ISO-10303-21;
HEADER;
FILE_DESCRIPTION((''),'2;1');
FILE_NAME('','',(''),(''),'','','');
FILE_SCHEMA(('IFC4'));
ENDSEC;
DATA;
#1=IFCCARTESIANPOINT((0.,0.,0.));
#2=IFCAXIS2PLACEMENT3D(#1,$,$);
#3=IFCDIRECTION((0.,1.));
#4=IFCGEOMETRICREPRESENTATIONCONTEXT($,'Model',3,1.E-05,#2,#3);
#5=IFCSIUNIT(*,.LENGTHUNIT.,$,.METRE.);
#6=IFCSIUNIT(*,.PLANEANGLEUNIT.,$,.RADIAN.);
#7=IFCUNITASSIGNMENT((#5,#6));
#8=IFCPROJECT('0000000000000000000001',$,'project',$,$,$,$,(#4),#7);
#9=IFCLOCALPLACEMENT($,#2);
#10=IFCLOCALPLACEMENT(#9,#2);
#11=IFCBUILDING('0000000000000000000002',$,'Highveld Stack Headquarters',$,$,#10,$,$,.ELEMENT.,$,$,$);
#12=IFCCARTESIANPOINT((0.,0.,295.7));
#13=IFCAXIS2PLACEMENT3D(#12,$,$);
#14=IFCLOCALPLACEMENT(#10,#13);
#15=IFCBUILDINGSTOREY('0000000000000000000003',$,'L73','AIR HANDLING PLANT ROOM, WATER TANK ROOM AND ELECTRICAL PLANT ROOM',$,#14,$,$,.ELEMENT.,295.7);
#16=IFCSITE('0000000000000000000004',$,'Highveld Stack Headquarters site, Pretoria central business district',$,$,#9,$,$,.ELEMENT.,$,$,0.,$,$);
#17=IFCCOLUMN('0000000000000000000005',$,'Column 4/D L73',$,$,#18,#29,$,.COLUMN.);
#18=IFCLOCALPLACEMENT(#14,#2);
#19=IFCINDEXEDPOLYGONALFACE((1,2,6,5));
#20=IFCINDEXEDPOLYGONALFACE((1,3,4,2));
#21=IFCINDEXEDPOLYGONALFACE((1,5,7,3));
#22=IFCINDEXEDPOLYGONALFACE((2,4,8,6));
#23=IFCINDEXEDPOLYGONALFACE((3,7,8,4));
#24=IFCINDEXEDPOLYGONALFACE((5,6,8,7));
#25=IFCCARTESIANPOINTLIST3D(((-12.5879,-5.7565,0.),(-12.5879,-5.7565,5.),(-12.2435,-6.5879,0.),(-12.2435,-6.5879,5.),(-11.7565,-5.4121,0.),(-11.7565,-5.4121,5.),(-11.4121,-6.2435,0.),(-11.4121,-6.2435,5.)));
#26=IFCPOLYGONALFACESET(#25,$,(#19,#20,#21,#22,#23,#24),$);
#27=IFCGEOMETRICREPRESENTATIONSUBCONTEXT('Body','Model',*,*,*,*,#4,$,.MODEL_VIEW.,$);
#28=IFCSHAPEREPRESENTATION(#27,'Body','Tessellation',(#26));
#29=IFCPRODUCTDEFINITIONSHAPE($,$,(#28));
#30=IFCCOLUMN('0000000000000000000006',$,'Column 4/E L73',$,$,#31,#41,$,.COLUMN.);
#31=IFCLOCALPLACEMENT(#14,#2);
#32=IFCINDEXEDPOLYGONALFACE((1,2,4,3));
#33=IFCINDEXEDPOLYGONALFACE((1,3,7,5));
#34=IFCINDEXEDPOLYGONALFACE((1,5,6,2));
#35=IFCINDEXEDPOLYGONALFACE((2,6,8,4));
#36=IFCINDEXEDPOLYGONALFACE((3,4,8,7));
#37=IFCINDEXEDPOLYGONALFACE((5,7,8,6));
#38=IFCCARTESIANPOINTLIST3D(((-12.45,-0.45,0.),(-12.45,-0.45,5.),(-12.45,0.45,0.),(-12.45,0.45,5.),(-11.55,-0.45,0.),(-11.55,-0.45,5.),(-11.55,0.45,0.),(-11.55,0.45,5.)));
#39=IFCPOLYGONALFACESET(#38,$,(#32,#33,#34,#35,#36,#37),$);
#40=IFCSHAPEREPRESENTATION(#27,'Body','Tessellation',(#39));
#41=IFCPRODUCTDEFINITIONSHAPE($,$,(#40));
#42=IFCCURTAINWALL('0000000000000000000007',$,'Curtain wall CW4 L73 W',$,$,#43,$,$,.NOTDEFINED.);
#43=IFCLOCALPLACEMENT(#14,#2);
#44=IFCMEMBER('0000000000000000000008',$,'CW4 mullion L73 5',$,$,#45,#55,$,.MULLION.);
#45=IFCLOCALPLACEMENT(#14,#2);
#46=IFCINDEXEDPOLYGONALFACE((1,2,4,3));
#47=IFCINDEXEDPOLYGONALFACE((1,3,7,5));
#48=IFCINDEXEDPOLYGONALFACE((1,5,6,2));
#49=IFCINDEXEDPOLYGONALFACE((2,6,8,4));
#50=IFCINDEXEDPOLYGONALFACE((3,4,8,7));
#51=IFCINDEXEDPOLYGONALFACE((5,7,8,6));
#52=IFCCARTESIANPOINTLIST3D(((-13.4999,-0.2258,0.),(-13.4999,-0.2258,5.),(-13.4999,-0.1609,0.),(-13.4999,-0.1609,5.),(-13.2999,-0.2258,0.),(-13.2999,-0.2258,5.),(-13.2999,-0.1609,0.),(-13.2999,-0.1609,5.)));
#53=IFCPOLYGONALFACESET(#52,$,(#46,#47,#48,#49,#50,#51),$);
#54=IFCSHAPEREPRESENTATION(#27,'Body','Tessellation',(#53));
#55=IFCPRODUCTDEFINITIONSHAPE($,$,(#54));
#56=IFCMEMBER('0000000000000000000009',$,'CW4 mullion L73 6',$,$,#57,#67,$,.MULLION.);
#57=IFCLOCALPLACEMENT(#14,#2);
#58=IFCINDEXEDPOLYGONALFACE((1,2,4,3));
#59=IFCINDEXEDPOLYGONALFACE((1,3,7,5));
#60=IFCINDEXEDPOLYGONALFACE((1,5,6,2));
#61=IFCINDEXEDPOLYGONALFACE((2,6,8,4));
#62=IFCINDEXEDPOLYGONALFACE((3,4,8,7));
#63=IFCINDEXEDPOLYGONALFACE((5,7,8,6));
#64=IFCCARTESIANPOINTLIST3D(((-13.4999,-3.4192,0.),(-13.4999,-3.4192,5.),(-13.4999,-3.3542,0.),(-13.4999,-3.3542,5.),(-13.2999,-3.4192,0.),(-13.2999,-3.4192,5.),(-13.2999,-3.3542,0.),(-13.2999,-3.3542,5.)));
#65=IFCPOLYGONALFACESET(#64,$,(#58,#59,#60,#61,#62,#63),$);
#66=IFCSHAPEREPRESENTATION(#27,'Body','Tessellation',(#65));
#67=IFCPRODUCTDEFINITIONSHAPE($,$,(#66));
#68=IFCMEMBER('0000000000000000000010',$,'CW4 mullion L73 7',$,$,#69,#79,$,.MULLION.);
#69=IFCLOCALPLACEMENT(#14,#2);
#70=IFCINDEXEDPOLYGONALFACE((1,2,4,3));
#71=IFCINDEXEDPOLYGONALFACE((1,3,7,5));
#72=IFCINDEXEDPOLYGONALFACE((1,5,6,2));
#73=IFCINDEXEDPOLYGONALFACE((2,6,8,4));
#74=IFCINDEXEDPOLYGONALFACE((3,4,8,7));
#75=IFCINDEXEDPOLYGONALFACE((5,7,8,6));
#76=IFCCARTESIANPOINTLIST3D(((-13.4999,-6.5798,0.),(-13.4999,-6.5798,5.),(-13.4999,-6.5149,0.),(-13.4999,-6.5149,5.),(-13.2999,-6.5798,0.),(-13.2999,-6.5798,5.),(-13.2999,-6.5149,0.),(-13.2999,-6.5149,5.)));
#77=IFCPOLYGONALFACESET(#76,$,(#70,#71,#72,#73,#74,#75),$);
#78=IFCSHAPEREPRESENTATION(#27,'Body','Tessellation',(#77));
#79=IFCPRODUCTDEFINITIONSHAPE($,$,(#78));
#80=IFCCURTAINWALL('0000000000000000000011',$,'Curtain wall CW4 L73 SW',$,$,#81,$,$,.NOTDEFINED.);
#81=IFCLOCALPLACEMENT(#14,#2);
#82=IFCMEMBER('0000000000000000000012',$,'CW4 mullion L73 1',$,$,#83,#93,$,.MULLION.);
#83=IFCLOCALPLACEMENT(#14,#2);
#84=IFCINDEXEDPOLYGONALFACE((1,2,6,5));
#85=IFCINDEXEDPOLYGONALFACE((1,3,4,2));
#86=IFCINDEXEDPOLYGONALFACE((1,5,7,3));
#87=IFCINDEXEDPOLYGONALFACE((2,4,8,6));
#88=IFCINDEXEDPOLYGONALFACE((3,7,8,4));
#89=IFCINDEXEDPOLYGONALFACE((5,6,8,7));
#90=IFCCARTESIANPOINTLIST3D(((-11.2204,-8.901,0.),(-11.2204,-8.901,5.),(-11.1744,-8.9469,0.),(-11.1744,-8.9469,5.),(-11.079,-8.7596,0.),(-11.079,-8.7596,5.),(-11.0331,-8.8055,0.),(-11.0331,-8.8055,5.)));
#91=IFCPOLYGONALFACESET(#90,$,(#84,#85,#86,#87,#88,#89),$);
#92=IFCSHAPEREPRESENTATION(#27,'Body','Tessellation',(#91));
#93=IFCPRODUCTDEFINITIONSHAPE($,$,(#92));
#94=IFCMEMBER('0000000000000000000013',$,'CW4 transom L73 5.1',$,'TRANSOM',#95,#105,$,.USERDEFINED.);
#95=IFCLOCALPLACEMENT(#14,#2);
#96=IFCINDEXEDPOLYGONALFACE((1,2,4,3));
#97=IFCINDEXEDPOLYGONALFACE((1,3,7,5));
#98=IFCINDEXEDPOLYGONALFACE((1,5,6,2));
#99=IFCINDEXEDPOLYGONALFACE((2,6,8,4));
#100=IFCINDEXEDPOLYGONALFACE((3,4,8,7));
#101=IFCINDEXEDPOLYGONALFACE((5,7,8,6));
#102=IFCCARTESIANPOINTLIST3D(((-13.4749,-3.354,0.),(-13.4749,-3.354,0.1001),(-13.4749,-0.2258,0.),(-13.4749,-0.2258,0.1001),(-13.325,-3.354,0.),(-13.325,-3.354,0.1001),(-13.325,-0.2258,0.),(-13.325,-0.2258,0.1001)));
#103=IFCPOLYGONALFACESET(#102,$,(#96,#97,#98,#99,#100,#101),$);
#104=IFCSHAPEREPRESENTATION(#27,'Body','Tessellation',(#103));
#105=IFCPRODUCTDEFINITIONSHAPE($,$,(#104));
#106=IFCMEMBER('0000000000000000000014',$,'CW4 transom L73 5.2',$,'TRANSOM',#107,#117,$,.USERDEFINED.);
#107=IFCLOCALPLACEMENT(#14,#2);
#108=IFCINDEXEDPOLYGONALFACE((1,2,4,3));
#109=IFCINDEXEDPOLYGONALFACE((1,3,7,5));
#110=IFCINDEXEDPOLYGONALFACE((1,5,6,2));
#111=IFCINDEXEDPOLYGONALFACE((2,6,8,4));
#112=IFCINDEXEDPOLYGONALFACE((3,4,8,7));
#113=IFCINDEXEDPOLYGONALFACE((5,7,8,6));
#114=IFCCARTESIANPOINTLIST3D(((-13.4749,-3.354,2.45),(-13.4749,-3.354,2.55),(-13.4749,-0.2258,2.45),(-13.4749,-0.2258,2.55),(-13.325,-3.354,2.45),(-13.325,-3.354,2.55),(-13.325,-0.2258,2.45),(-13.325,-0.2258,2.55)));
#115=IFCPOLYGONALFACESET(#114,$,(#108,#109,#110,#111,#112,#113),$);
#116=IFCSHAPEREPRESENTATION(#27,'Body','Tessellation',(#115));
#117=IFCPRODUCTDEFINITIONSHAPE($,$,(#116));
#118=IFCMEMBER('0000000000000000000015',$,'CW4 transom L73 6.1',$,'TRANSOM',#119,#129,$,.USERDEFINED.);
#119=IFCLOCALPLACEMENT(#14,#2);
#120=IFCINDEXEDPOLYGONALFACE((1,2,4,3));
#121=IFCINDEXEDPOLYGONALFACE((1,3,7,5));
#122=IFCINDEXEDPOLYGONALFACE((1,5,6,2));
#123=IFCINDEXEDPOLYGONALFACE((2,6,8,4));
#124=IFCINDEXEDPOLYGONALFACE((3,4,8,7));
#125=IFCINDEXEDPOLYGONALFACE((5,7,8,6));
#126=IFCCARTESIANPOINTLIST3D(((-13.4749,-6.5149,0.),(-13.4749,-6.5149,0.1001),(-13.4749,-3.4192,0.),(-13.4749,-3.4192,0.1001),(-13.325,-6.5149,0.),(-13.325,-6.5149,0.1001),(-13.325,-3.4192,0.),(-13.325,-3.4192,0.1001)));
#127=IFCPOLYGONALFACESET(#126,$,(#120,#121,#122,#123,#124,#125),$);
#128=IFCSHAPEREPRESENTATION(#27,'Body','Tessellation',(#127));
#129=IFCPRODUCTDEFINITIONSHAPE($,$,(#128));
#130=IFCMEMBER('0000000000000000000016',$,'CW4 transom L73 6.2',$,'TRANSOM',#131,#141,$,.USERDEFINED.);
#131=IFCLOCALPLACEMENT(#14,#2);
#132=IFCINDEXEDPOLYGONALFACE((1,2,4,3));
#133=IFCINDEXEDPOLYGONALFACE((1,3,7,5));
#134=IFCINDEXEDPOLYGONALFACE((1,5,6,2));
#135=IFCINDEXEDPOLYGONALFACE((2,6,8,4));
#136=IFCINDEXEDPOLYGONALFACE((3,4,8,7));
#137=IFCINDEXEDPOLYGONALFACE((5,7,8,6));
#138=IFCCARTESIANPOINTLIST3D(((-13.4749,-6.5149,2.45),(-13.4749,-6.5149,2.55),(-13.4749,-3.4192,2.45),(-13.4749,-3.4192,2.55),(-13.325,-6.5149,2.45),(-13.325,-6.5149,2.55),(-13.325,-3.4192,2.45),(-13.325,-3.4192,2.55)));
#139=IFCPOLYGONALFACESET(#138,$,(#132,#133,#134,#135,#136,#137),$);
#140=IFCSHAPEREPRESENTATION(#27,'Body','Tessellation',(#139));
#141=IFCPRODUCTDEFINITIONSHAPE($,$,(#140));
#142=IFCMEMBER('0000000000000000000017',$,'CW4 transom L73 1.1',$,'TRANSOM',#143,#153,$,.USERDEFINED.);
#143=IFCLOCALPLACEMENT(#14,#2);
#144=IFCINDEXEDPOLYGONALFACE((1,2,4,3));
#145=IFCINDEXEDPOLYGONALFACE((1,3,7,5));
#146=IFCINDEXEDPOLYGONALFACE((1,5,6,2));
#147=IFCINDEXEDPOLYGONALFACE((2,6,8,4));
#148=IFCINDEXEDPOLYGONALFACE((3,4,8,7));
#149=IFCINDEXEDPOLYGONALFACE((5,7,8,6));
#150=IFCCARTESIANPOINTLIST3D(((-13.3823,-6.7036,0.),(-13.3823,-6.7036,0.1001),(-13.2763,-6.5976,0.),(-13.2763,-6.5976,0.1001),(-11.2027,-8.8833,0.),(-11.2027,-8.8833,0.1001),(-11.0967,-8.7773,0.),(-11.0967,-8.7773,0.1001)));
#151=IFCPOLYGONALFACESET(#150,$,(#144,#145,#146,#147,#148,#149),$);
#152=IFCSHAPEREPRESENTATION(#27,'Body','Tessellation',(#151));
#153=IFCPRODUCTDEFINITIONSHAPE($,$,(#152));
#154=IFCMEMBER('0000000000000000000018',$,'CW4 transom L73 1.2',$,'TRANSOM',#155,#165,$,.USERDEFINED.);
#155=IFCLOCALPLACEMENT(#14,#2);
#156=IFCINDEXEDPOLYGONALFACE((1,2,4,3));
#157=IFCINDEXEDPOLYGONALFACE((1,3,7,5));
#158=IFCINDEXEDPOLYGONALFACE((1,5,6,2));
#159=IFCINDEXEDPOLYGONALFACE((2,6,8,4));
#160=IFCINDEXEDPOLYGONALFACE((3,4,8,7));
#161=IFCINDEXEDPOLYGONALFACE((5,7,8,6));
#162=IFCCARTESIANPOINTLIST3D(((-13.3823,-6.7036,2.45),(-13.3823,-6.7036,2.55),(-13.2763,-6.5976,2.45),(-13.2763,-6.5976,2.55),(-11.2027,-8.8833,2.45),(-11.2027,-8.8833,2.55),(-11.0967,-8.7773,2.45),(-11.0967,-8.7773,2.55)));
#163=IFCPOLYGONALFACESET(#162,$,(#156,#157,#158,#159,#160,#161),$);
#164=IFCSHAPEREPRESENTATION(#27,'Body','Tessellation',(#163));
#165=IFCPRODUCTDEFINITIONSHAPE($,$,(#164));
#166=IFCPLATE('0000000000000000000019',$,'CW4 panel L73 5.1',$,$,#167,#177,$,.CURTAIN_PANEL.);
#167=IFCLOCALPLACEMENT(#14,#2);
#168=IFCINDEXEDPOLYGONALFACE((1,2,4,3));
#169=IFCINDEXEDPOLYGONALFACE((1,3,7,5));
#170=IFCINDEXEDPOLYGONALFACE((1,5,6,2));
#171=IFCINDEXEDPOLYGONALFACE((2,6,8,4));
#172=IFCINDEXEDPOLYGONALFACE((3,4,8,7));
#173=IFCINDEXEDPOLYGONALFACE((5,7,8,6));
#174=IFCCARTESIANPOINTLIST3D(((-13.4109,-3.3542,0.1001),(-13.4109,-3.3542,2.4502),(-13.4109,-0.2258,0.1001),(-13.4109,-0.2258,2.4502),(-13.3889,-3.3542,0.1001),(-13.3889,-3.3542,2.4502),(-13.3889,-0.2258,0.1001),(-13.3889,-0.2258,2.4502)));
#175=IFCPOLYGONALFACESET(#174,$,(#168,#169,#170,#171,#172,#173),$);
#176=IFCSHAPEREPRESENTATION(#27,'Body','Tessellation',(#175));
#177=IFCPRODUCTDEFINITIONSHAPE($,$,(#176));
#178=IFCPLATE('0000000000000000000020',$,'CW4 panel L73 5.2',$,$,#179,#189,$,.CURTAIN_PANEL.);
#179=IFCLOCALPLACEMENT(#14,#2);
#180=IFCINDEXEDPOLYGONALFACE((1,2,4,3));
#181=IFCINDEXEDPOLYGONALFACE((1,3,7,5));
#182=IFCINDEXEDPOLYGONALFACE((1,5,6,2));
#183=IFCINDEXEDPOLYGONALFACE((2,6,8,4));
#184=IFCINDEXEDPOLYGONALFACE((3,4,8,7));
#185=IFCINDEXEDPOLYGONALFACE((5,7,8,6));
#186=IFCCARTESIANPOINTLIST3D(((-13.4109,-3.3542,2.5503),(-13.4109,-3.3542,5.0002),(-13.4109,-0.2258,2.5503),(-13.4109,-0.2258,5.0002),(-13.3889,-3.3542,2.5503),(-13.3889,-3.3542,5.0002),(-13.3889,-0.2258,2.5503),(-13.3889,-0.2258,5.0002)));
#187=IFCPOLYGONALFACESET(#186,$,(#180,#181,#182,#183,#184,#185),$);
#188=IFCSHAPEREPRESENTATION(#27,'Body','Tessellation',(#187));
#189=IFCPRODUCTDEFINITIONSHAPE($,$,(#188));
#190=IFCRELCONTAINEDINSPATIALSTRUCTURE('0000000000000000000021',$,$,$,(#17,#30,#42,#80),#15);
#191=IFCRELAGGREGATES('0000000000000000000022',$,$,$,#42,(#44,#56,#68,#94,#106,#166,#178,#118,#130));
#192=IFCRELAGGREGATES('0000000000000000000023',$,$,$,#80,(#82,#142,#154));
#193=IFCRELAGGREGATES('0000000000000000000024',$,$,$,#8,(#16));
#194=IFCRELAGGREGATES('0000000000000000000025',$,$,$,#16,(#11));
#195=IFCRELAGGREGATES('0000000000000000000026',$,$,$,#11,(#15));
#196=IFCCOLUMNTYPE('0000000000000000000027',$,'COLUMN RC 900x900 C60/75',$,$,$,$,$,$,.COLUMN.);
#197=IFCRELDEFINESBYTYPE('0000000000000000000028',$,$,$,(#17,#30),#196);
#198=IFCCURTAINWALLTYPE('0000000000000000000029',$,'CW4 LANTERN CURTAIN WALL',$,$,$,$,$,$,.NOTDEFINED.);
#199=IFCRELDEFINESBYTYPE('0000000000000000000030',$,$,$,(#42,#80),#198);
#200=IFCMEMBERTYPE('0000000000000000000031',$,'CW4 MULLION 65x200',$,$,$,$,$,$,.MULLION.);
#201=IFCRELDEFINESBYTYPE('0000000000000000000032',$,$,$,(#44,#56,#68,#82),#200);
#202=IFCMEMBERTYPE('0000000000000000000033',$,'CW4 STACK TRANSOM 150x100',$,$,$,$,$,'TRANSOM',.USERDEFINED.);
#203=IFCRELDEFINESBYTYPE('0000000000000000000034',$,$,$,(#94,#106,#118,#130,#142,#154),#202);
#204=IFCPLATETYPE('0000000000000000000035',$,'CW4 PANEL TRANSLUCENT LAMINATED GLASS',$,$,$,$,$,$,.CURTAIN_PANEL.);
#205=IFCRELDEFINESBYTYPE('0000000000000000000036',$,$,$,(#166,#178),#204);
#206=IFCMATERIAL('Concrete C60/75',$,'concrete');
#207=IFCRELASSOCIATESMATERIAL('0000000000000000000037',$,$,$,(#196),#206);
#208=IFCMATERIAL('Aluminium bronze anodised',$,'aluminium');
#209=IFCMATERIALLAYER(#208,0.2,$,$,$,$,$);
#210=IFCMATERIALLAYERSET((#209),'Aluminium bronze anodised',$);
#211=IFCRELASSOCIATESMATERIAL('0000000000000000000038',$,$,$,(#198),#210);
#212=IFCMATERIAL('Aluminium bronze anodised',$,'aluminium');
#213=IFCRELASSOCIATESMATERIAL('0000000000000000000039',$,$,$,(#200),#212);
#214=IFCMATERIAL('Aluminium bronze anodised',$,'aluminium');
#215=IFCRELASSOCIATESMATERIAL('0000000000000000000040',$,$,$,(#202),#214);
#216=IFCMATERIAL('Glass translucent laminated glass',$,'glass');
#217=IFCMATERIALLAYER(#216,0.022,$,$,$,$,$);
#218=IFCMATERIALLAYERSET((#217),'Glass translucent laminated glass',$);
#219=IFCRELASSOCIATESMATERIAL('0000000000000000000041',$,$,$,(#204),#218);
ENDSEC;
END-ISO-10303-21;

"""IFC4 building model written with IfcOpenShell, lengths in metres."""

from ifc_helpers import new_model, si_unit, direction, frame, origin, origin_2d, place, context, subcontext, project, spatial, rectangle, extrude, material, layer, layer_set, material_profile, profile_set, type_object, element, aggregate, save


model = new_model("IFC4")

# Units and contexts
model_context = context("Model", 3, precision=1e-05, world=origin(), true_north=direction((0.0, 1.0)))
body_context = subcontext(model_context, "Body", "Model", "MODEL_VIEW")
ifc_project = project(units=[si_unit("LENGTHUNIT", "METRE"), si_unit("PLANEANGLEUNIT", "RADIAN")], contexts=[model_context])

# Site, building, storey
site_placement = place(None, origin())
site = spatial("IfcSite", under=ifc_project, at=site_placement, Name="Highveld Stack Headquarters site, Pretoria central business district", CompositionType="ELEMENT", RefElevation=0.0)
building_placement = place(site_placement, origin())
building = spatial("IfcBuilding", under=site, at=building_placement, Name="Highveld Stack Headquarters", CompositionType="ELEMENT")
storey_placement = place(building_placement, frame((0.0, 0.0, 295.7)))
storey = spatial("IfcBuildingStorey", under=building, at=storey_placement, Name="L73", Description="AIR HANDLING PLANT ROOM, WATER TANK ROOM AND ELECTRICAL PLANT ROOM", CompositionType="ELEMENT", Elevation=295.7)

# Columns
ifc_material_1 = material(Name="Concrete C60/75", Category="concrete")
ifc_material_profile_1 = material_profile(ifc_material_1, rectangle(XDim=0.8999, YDim=0.8999, at=origin_2d()), Name="RC 900x900")
ifc_profile_set_1 = profile_set([ifc_material_profile_1], Name="Concrete C60/75")
column_type = type_object("IfcColumnType", Name="COLUMN RC 900x900 C60/75", PredefinedType="COLUMN", material=ifc_profile_set_1)
for number, where, z_axis, x_axis, name in (
    (1, (-12.0, -6.0, 0.0), (0.0, 0.0, 1.0), (-0.382683, 0.92388, 0.0), "Column 4/D L73"),
    (2, (-12.0, 0.0, 0.0), (0.0, 0.0, 1.0), (0.0, 1.0, 0.0), "Column 4/E L73"),
):
    element("IfcColumn", number, at=place(storey_placement, frame(where, z_axis=z_axis, x_axis=x_axis)), inside=storey, type_object=column_type, Name=name, PredefinedType="COLUMN", context=body_context, shape_type="SweptSolid", body=[
        extrude(rectangle(XDim=0.8999, YDim=0.8999, at=origin_2d()), origin(), (0.0, 0.0, 1.0), 5.0),
    ])

# Curtain wall, members
ifc_material_2 = material(Name="Aluminium bronze anodised", Category="aluminium")
ifc_layer_1 = layer(ifc_material_2, 0.2)
ifc_layer_set_1 = layer_set([ifc_layer_1], Name="Aluminium bronze anodised")
curtain_wall_type = type_object("IfcCurtainWallType", Name="CW4 LANTERN CURTAIN WALL", PredefinedType="NOTDEFINED", material=ifc_layer_set_1)
curtain_wall_1_placement = place(storey_placement, origin())
curtain_wall_1 = element("IfcCurtainWall", 3, at=curtain_wall_1_placement, inside=storey, type_object=curtain_wall_type, Name="Curtain wall CW4 L73 W", PredefinedType="NOTDEFINED")
ifc_material_3 = material(Name="Aluminium bronze anodised", Category="aluminium")
ifc_material_profile_2 = material_profile(ifc_material_3, rectangle(XDim=0.2, YDim=0.0649, at=origin_2d()), Name="CW4 MULLION 65x200")
ifc_profile_set_2 = profile_set([ifc_material_profile_2], Name="Aluminium bronze anodised")
member_type_1 = type_object("IfcMemberType", Name="CW4 MULLION 65x200", PredefinedType="MULLION", material=ifc_profile_set_2)
member_1_placement = place(storey_placement, frame((-13.3999, -0.1934, 0.0), z_axis=(0.0, 0.0, 1.0), x_axis=(1.0, 0.0, 0.0)))
member_1 = element("IfcMember", 4, at=member_1_placement, type_object=member_type_1, Name="CW4 mullion L73 5", PredefinedType="MULLION", context=body_context, shape_type="SweptSolid", body=[
    extrude(rectangle(XDim=0.2, YDim=0.0649, at=origin_2d()), origin(), (0.0, 0.0, 1.0), 5.0),
])
member_2_placement = place(storey_placement, frame((-13.3999, -3.3867, 0.0), z_axis=(0.0, 0.0, 1.0), x_axis=(1.0, 0.0, 0.0)))
member_2 = element("IfcMember", 5, at=member_2_placement, type_object=member_type_1, Name="CW4 mullion L73 6", PredefinedType="MULLION", context=body_context, shape_type="SweptSolid", body=[
    extrude(rectangle(XDim=0.2, YDim=0.0649, at=origin_2d()), origin(), (0.0, 0.0, 1.0), 5.0),
])
member_3_placement = place(storey_placement, frame((-13.3999, -6.5474, 0.0), z_axis=(0.0, 0.0, 1.0), x_axis=(1.0, 0.0, 0.0)))
member_3 = element("IfcMember", 6, at=member_3_placement, type_object=member_type_1, Name="CW4 mullion L73 7", PredefinedType="MULLION", context=body_context, shape_type="SweptSolid", body=[
    extrude(rectangle(XDim=0.2, YDim=0.0649, at=origin_2d()), origin(), (0.0, 0.0, 1.0), 5.0),
])

# Curtain wall, member
curtain_wall_2_placement = place(storey_placement, origin())
curtain_wall_2 = element("IfcCurtainWall", 7, at=curtain_wall_2_placement, inside=storey, type_object=curtain_wall_type, Name="Curtain wall CW4 L73 SW", PredefinedType="NOTDEFINED")
member_4_placement = place(storey_placement, frame((-11.1267, -8.8533, 0.0), z_axis=(0.0, 0.0, 1.0), x_axis=(0.707107, 0.707107, 0.0)))
member_4 = element("IfcMember", 8, at=member_4_placement, type_object=member_type_1, Name="CW4 mullion L73 1", PredefinedType="MULLION", context=body_context, shape_type="SweptSolid", body=[
    extrude(rectangle(XDim=0.2, YDim=0.0649, at=origin_2d()), origin(), (0.0, 0.0, 1.0), 5.0),
])

# Members
ifc_material_4 = material(Name="Aluminium bronze anodised", Category="aluminium")
ifc_material_profile_3 = material_profile(ifc_material_4, rectangle(XDim=0.1499, YDim=0.1001, at=origin_2d()), Name="CW4 TRANSOM 150x100")
ifc_profile_set_3 = profile_set([ifc_material_profile_3], Name="Aluminium bronze anodised")
member_type_2 = type_object("IfcMemberType", Name="CW4 STACK TRANSOM 150x100", ElementType="TRANSOM", PredefinedType="USERDEFINED", material=ifc_profile_set_3)
member_5_placement = place(storey_placement, frame((-13.3999, -0.2258, 0.05), z_axis=(0.0, -1.0, 0.0), x_axis=(1.0, 0.0, 0.0)))
member_5 = element("IfcMember", 9, at=member_5_placement, type_object=member_type_2, Name="CW4 transom L73 5.1", ObjectType="TRANSOM", PredefinedType="USERDEFINED", context=body_context, shape_type="SweptSolid", body=[
    extrude(rectangle(XDim=0.1499, YDim=0.1001, at=origin_2d()), origin(), (0.0, 0.0, 1.0), 3.1282),
])
member_6_placement = place(storey_placement, frame((-13.3999, -0.2258, 2.5), z_axis=(0.0, -1.0, 0.0), x_axis=(1.0, 0.0, 0.0)))
member_6 = element("IfcMember", 10, at=member_6_placement, type_object=member_type_2, Name="CW4 transom L73 5.2", ObjectType="TRANSOM", PredefinedType="USERDEFINED", context=body_context, shape_type="SweptSolid", body=[
    extrude(rectangle(XDim=0.1499, YDim=0.1001, at=origin_2d()), origin(), (0.0, 0.0, 1.0), 3.1282),
])
member_7_placement = place(storey_placement, frame((-13.3999, -3.4192, 0.05), z_axis=(0.0, -1.0, 0.0), x_axis=(1.0, 0.0, 0.0)))
member_7 = element("IfcMember", 11, at=member_7_placement, type_object=member_type_2, Name="CW4 transom L73 6.1", ObjectType="TRANSOM", PredefinedType="USERDEFINED", context=body_context, shape_type="SweptSolid", body=[
    extrude(rectangle(XDim=0.1499, YDim=0.1001, at=origin_2d()), origin(), (0.0, 0.0, 1.0), 3.0957),
])
member_8_placement = place(storey_placement, frame((-13.3999, -3.4192, 2.5), z_axis=(0.0, -1.0, 0.0), x_axis=(1.0, 0.0, 0.0)))
member_8 = element("IfcMember", 12, at=member_8_placement, type_object=member_type_2, Name="CW4 transom L73 6.2", ObjectType="TRANSOM", PredefinedType="USERDEFINED", context=body_context, shape_type="SweptSolid", body=[
    extrude(rectangle(XDim=0.1499, YDim=0.1001, at=origin_2d()), origin(), (0.0, 0.0, 1.0), 3.0957),
])
member_9_placement = place(storey_placement, frame((-13.3293, -6.6506, 0.05), z_axis=(0.707107, -0.707107, 0.0), x_axis=(0.707107, 0.707107, 0.0)))
member_9 = element("IfcMember", 13, at=member_9_placement, type_object=member_type_2, Name="CW4 transom L73 1.1", ObjectType="TRANSOM", PredefinedType="USERDEFINED", context=body_context, shape_type="SweptSolid", body=[
    extrude(rectangle(XDim=0.1499, YDim=0.1001, at=origin_2d()), origin(), (0.0, 0.0, 1.0), 3.0825),
])
member_10_placement = place(storey_placement, frame((-13.3293, -6.6506, 2.5), z_axis=(0.707107, -0.707107, 0.0), x_axis=(0.707107, 0.707107, 0.0)))
member_10 = element("IfcMember", 14, at=member_10_placement, type_object=member_type_2, Name="CW4 transom L73 1.2", ObjectType="TRANSOM", PredefinedType="USERDEFINED", context=body_context, shape_type="SweptSolid", body=[
    extrude(rectangle(XDim=0.1499, YDim=0.1001, at=origin_2d()), origin(), (0.0, 0.0, 1.0), 3.0825),
])

# Plates
ifc_material_5 = material(Name="Glass translucent laminated glass", Category="glass")
ifc_layer_2 = layer(ifc_material_5, 0.022)
ifc_layer_set_2 = layer_set([ifc_layer_2], Name="Glass translucent laminated glass")
plate_type = type_object("IfcPlateType", Name="CW4 PANEL TRANSLUCENT LAMINATED GLASS", PredefinedType="CURTAIN_PANEL", material=ifc_layer_set_2)
plate_1_placement = place(storey_placement, frame((-13.3999, -1.79, 0.1001), z_axis=(0.0, 0.0, 1.0), x_axis=(0.0, -1.0, 0.0)))
plate_1 = element("IfcPlate", 15, at=plate_1_placement, type_object=plate_type, Name="CW4 panel L73 5.1", PredefinedType="CURTAIN_PANEL", context=body_context, shape_type="SweptSolid", body=[
    extrude(rectangle(XDim=3.1284, YDim=0.022, at=origin_2d()), origin(), (0.0, 0.0, 1.0), 2.3501),
])
plate_2_placement = place(storey_placement, frame((-13.3999, -1.79, 2.5503), z_axis=(0.0, 0.0, 1.0), x_axis=(0.0, -1.0, 0.0)))
plate_2 = element("IfcPlate", 16, at=plate_2_placement, type_object=plate_type, Name="CW4 panel L73 5.2", PredefinedType="CURTAIN_PANEL", context=body_context, shape_type="SweptSolid", body=[
    extrude(rectangle(XDim=3.1284, YDim=0.022, at=origin_2d()), origin(), (0.0, 0.0, 1.0), 2.45),
])
aggregate(curtain_wall_1, [member_1, member_2, member_3, member_5, member_6, plate_1, plate_2, member_7, member_8])
aggregate(curtain_wall_2, [member_4, member_9, member_10])

save(model, "model.ifc")
